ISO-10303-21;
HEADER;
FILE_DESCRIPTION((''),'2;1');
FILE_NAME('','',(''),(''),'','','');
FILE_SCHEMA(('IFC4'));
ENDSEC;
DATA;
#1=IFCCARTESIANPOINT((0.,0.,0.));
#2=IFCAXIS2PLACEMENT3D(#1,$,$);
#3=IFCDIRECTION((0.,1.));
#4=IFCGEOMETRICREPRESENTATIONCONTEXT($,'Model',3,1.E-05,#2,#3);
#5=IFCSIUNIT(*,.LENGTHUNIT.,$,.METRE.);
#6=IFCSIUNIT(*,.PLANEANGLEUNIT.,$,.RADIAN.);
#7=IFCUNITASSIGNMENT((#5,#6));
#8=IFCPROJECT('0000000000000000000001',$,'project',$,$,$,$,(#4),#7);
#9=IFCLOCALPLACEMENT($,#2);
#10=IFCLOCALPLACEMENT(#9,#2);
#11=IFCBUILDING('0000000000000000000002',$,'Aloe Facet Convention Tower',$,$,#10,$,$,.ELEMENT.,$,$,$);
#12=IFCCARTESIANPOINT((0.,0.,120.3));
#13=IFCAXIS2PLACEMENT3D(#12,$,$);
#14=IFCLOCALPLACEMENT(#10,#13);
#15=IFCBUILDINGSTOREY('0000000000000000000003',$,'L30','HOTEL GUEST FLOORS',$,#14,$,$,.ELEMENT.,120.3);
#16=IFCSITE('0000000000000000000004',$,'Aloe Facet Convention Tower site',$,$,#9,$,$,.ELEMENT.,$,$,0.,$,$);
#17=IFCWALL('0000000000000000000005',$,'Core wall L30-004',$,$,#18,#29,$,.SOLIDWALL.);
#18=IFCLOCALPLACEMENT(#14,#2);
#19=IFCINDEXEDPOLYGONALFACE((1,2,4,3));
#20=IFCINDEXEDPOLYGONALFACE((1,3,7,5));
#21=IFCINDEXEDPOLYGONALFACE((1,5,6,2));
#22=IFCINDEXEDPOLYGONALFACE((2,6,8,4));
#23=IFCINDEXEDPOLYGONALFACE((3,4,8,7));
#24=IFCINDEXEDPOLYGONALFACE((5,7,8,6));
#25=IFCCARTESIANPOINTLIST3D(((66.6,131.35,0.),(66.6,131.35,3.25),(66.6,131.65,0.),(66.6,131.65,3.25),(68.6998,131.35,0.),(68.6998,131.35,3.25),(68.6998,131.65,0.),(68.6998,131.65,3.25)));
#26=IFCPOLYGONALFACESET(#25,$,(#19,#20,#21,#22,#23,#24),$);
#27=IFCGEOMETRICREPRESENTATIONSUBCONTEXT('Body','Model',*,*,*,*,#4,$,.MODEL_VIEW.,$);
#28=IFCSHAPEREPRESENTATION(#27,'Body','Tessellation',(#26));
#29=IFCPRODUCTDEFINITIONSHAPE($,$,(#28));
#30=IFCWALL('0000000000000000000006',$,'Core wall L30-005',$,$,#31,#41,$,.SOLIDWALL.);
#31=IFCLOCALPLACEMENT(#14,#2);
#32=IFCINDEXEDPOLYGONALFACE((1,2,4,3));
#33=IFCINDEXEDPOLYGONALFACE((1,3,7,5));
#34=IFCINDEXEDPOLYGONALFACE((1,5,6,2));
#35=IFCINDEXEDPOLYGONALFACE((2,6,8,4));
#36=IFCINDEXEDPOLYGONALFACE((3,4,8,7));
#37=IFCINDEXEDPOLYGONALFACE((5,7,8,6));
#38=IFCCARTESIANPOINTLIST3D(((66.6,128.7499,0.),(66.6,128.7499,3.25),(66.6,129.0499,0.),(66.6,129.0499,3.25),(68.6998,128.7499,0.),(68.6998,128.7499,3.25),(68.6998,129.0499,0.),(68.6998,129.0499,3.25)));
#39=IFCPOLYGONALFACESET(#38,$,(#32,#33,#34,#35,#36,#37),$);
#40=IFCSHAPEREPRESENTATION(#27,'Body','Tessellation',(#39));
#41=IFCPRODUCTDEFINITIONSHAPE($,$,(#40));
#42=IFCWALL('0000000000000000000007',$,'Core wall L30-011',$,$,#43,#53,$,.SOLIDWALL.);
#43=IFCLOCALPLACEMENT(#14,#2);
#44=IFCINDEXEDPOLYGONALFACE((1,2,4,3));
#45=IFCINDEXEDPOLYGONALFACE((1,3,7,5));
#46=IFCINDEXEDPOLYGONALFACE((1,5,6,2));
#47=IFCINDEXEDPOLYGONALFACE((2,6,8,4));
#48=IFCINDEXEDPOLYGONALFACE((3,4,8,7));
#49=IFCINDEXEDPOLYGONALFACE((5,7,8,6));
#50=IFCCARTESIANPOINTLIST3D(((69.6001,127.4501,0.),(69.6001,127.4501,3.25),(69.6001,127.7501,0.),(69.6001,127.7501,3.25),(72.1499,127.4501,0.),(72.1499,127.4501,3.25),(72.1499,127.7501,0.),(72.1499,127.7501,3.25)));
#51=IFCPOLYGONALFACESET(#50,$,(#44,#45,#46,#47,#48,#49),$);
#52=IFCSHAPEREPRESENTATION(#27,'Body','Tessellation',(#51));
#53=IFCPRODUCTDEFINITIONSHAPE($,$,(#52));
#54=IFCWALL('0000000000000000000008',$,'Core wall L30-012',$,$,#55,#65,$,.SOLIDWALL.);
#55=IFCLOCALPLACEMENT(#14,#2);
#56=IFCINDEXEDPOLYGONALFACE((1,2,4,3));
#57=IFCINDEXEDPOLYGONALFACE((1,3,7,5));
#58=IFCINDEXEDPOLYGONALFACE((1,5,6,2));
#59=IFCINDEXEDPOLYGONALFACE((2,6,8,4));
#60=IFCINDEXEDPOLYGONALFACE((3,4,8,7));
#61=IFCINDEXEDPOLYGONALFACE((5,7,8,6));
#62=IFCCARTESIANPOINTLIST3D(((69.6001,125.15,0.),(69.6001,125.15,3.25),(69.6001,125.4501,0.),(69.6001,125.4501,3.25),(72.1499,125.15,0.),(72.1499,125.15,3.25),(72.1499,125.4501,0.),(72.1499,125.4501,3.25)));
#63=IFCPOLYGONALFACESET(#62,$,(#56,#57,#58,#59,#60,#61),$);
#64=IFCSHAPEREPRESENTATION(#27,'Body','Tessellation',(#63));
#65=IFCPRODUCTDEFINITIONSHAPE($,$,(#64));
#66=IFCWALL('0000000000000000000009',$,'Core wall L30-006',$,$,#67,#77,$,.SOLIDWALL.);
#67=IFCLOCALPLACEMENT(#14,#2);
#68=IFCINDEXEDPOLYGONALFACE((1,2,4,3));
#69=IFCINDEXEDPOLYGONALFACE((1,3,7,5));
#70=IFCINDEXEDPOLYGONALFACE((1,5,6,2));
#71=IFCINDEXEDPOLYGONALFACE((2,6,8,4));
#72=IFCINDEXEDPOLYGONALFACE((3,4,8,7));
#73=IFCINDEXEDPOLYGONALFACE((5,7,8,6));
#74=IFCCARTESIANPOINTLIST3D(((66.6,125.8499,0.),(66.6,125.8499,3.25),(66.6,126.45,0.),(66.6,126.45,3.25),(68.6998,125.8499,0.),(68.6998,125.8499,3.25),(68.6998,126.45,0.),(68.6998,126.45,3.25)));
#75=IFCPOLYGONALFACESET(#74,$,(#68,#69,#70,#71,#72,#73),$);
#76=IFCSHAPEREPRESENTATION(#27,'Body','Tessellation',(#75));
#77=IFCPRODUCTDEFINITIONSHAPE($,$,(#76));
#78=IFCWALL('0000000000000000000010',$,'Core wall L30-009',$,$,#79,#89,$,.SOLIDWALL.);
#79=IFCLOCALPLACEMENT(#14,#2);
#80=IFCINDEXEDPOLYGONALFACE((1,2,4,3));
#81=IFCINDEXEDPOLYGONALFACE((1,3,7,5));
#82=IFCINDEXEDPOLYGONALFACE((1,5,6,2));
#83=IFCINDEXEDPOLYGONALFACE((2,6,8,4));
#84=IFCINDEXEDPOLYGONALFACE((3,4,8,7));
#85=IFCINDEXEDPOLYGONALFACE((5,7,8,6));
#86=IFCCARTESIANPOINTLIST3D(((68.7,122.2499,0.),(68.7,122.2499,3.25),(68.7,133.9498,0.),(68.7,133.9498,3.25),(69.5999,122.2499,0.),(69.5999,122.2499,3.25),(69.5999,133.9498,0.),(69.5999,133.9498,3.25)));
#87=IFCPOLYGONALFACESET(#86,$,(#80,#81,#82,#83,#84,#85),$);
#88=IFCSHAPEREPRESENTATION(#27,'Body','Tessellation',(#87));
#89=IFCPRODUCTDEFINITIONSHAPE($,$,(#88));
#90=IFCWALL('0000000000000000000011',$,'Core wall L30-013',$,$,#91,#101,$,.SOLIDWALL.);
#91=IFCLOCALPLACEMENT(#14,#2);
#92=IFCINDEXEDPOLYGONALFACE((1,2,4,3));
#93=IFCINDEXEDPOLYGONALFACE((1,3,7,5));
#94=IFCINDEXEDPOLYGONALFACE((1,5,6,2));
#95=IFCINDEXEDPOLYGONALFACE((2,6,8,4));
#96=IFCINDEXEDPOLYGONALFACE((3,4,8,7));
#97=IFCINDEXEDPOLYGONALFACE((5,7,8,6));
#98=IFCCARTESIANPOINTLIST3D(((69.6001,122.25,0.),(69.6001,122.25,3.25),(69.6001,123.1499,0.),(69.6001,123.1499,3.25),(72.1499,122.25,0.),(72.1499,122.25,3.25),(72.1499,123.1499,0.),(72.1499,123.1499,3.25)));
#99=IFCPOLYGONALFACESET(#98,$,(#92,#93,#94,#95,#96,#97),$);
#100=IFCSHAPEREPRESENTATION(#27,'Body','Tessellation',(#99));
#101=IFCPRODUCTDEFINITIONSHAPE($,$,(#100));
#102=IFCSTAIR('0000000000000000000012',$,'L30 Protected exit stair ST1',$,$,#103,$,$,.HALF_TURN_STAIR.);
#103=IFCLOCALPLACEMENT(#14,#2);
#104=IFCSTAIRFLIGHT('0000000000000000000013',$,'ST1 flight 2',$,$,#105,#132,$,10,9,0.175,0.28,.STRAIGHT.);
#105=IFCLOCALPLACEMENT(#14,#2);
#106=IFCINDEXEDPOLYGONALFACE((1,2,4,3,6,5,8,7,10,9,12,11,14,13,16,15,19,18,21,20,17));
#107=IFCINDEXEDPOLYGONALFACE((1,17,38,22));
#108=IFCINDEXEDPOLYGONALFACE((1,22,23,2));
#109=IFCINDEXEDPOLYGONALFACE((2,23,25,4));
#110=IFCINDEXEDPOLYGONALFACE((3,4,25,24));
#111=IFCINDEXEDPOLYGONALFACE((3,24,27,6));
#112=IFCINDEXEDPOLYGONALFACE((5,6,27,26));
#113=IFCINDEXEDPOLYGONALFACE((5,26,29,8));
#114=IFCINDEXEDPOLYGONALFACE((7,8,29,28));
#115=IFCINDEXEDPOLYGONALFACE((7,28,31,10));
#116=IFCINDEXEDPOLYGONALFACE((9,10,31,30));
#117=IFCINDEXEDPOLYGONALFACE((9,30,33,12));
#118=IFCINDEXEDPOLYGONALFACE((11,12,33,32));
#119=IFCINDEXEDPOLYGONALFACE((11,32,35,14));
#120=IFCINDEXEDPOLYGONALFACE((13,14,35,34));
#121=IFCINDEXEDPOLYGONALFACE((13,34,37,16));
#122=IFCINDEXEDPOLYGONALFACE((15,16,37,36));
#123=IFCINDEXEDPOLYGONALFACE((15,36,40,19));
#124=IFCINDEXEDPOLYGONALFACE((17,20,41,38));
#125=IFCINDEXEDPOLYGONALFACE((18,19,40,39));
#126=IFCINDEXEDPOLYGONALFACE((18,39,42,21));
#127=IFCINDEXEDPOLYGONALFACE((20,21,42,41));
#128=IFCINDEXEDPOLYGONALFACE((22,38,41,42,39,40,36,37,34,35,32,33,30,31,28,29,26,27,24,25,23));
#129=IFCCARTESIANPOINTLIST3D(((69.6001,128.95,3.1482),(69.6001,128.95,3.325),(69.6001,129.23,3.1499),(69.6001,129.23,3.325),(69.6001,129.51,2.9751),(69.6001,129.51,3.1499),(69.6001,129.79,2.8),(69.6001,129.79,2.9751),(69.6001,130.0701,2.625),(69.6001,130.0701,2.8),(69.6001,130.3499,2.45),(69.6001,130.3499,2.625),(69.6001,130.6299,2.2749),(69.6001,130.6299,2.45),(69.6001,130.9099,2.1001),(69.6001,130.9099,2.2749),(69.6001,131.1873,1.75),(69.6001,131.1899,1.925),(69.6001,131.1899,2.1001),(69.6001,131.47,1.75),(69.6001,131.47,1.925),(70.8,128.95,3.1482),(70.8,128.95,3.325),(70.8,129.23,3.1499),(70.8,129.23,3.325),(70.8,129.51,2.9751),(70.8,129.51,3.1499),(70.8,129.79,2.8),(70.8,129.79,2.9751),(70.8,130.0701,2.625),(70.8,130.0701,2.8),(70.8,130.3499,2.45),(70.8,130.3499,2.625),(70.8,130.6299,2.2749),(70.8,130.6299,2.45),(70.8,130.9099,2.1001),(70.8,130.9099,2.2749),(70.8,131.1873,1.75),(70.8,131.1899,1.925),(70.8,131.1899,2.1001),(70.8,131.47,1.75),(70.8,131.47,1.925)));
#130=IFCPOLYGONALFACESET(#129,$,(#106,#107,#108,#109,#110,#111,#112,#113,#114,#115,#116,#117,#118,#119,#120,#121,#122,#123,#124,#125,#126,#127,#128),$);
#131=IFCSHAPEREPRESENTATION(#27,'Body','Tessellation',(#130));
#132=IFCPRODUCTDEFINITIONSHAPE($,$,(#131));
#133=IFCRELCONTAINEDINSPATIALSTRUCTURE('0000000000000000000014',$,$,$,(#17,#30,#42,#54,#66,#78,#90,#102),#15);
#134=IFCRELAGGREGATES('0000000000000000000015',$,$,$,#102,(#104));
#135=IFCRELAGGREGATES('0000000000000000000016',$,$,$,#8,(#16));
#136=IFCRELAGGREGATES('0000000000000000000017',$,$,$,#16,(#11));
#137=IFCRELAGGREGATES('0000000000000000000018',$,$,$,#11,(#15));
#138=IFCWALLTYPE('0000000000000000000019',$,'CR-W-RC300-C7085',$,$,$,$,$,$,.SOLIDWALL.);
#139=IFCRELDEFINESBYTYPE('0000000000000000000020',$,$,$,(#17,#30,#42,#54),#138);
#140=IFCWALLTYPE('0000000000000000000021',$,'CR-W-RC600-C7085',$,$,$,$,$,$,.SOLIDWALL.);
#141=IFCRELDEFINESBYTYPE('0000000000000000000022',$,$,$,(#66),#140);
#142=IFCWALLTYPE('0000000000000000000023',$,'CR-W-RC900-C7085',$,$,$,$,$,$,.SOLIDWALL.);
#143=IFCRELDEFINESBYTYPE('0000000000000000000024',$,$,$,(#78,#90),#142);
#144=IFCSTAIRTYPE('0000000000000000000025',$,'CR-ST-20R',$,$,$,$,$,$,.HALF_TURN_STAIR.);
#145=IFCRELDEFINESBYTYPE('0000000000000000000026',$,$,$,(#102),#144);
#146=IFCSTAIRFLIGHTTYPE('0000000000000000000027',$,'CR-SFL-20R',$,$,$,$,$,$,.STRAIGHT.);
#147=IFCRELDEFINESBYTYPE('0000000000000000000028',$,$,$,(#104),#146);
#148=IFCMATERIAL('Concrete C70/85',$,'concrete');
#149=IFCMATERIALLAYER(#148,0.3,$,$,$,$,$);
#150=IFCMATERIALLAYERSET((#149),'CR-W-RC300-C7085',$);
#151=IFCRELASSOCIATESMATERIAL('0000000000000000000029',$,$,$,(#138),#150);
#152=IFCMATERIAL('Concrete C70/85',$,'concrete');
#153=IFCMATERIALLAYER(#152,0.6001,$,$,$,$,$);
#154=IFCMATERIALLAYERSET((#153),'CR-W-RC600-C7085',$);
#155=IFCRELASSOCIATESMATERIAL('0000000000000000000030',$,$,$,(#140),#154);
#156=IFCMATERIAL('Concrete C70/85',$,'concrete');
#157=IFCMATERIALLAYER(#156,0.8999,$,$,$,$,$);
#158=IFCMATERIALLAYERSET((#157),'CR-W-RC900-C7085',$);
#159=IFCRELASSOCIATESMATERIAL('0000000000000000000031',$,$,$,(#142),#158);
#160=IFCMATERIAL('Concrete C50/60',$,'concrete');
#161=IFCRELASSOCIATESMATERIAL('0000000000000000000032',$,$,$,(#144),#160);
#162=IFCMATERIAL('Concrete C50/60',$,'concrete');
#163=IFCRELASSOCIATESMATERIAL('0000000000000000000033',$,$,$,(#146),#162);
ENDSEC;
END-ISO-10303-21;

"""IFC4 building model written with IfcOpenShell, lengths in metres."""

from ifc_helpers import new_model, si_unit, direction, frame, frame_2d, origin, place, context, subcontext, project, spatial, polyline, rectangle, outline, extrude, material, layer, layer_set, type_object, element, aggregate, save


model = new_model("IFC4")

# Units and contexts
model_context = context("Model", 3, precision=1e-05, world=origin(), true_north=direction((0.0, 1.0)))
body_context = subcontext(model_context, "Body", "Model", "MODEL_VIEW")
ifc_project = project(units=[si_unit("LENGTHUNIT", "METRE"), si_unit("PLANEANGLEUNIT", "RADIAN")], contexts=[model_context])

# Site, building, storey
site_placement = place(None, origin())
site = spatial("IfcSite", under=ifc_project, at=site_placement, Name="Aloe Facet Convention Tower site", CompositionType="ELEMENT", RefElevation=0.0)
building_placement = place(site_placement, origin())
building = spatial("IfcBuilding", under=site, at=building_placement, Name="Aloe Facet Convention Tower", CompositionType="ELEMENT")
storey_placement = place(building_placement, frame((0.0, 0.0, 120.3)))
storey = spatial("IfcBuildingStorey", under=building, at=storey_placement, Name="L30", Description="HOTEL GUEST FLOORS", CompositionType="ELEMENT", Elevation=120.3)

# Walls
ifc_material_1 = material(Name="Concrete C70/85", Category="concrete")
ifc_layer_1 = layer(ifc_material_1, 0.3)
ifc_layer_set_1 = layer_set([ifc_layer_1], Name="CR-W-RC300-C7085")
wall_type_1 = type_object("IfcWallType", Name="CR-W-RC300-C7085", PredefinedType="SOLIDWALL", material=ifc_layer_set_1)
for number, where, z_axis, x_axis, name in (
    (1, (66.6001, 131.5, 0.0), (0.0, 0.0, 1.0), (1.0, 0.0, 0.0), "Core wall L30-004"),
    (2, (66.6001, 128.8999, 0.0), (0.0, 0.0, 1.0), (1.0, 0.0, 0.0), "Core wall L30-005"),
):
    element("IfcWall", number, at=place(storey_placement, frame(where, z_axis=z_axis, x_axis=x_axis)), inside=storey, type_object=wall_type_1, Name=name, PredefinedType="SOLIDWALL", context=body_context, shape_type="SweptSolid", body=[
        extrude(rectangle(XDim=2.0999, YDim=0.3, at=frame_2d((1.0498, 0.0))), origin(), (0.0, 0.0, 1.0), 3.25),
    ])
for number, where, z_axis, x_axis, name in (
    (3, (69.6001, 127.6001, 0.0), (0.0, 0.0, 1.0), (1.0, 0.0, 0.0), "Core wall L30-011"),
    (4, (69.6001, 125.3, 0.0), (0.0, 0.0, 1.0), (1.0, 0.0, 0.0), "Core wall L30-012"),
):
    element("IfcWall", number, at=place(storey_placement, frame(where, z_axis=z_axis, x_axis=x_axis)), inside=storey, type_object=wall_type_1, Name=name, PredefinedType="SOLIDWALL", context=body_context, shape_type="SweptSolid", body=[
        extrude(rectangle(XDim=2.5498, YDim=0.3, at=frame_2d((1.2749, 0.0))), origin(), (0.0, 0.0, 1.0), 3.25),
    ])
ifc_material_2 = material(Name="Concrete C70/85", Category="concrete")
ifc_layer_2 = layer(ifc_material_2, 0.6001)
ifc_layer_set_2 = layer_set([ifc_layer_2], Name="CR-W-RC600-C7085")
wall_type_2 = type_object("IfcWallType", Name="CR-W-RC600-C7085", PredefinedType="SOLIDWALL", material=ifc_layer_set_2)
wall_1_placement = place(storey_placement, frame((66.6001, 126.1499, 0.0), z_axis=(0.0, 0.0, 1.0), x_axis=(1.0, 0.0, 0.0)))
element("IfcWall", 5, at=wall_1_placement, inside=storey, type_object=wall_type_2, Name="Core wall L30-006", PredefinedType="SOLIDWALL", context=body_context, shape_type="SweptSolid", body=[
    extrude(rectangle(XDim=2.0999, YDim=0.6001, at=frame_2d((1.0498, 0.0))), origin(), (0.0, 0.0, 1.0), 3.25),
])
ifc_material_3 = material(Name="Concrete C70/85", Category="concrete")
ifc_layer_3 = layer(ifc_material_3, 0.8999)
ifc_layer_set_3 = layer_set([ifc_layer_3], Name="CR-W-RC900-C7085")
wall_type_3 = type_object("IfcWallType", Name="CR-W-RC900-C7085", PredefinedType="SOLIDWALL", material=ifc_layer_set_3)
wall_2_placement = place(storey_placement, frame((69.1499, 133.95, 0.0), z_axis=(0.0, 0.0, 1.0), x_axis=(0.0, -1.0, 0.0)))
element("IfcWall", 6, at=wall_2_placement, inside=storey, type_object=wall_type_3, Name="Core wall L30-009", PredefinedType="SOLIDWALL", context=body_context, shape_type="SweptSolid", body=[
    extrude(rectangle(XDim=11.7, YDim=0.8999, at=frame_2d((5.8501, 0.0))), origin(), (0.0, 0.0, 1.0), 3.25),
])
wall_3_placement = place(storey_placement, frame((69.6001, 122.7, 0.0), z_axis=(0.0, 0.0, 1.0), x_axis=(1.0, 0.0, 0.0)))
element("IfcWall", 7, at=wall_3_placement, inside=storey, type_object=wall_type_3, Name="Core wall L30-013", PredefinedType="SOLIDWALL", context=body_context, shape_type="SweptSolid", body=[
    extrude(rectangle(XDim=2.5498, YDim=0.8999, at=frame_2d((1.2749, 0.0))), origin(), (0.0, 0.0, 1.0), 3.25),
])

# Stair, stair flight
ifc_material_4 = material(Name="Concrete C50/60", Category="concrete")
stair_type = type_object("IfcStairType", Name="CR-ST-20R", PredefinedType="HALF_TURN_STAIR", material=ifc_material_4)
stair_placement = place(storey_placement, origin())
stair = element("IfcStair", 8, at=stair_placement, inside=storey, type_object=stair_type, Name="L30 Protected exit stair ST1", PredefinedType="HALF_TURN_STAIR")
ifc_material_5 = material(Name="Concrete C50/60", Category="concrete")
stair_flight_type = type_object("IfcStairFlightType", Name="CR-SFL-20R", PredefinedType="STRAIGHT", material=ifc_material_5)
stair_flight_placement = place(storey_placement, frame((70.2, 131.47, 1.75), z_axis=(0.0, 0.0, 1.0), x_axis=(0.0, -1.0, 0.0)))
stair_flight = element("IfcStairFlight", 9, at=stair_flight_placement, type_object=stair_flight_type, Name="ST1 flight 2", NumberOfRisers=10, NumberOfTreads=9, PredefinedType="STRAIGHT", RiserHeight=0.175, TreadLength=0.28, context=body_context, shape_type="SweptSolid", body=[
    extrude(outline(polyline([(0.0, 0.0), (0.0, 0.175), (0.28, 0.175), (0.28, 0.3501), (0.5601, 0.3501), (0.5601, 0.5249), (0.8401, 0.5249), (0.8401, 0.7), (1.1201, 0.7), (1.1201, 0.875), (1.3999, 0.875), (1.3999, 1.05), (1.6799, 1.05), (1.6799, 1.2251), (1.96, 1.2251), (1.96, 1.3999), (2.24, 1.3999), (2.24, 1.575), (2.52, 1.575), (2.52, 1.75), (2.52, 1.3982), (0.2827, 0.0), (0.0, 0.0)])), frame((0.0, 0.6001, 0.0), z_axis=(0.0, -1.0, 0.0), x_axis=(1.0, 0.0, 0.0)), (0.0, 0.0, 1.0), 1.2),
])
aggregate(stair, [stair_flight])

save(model, "model.ifc")
